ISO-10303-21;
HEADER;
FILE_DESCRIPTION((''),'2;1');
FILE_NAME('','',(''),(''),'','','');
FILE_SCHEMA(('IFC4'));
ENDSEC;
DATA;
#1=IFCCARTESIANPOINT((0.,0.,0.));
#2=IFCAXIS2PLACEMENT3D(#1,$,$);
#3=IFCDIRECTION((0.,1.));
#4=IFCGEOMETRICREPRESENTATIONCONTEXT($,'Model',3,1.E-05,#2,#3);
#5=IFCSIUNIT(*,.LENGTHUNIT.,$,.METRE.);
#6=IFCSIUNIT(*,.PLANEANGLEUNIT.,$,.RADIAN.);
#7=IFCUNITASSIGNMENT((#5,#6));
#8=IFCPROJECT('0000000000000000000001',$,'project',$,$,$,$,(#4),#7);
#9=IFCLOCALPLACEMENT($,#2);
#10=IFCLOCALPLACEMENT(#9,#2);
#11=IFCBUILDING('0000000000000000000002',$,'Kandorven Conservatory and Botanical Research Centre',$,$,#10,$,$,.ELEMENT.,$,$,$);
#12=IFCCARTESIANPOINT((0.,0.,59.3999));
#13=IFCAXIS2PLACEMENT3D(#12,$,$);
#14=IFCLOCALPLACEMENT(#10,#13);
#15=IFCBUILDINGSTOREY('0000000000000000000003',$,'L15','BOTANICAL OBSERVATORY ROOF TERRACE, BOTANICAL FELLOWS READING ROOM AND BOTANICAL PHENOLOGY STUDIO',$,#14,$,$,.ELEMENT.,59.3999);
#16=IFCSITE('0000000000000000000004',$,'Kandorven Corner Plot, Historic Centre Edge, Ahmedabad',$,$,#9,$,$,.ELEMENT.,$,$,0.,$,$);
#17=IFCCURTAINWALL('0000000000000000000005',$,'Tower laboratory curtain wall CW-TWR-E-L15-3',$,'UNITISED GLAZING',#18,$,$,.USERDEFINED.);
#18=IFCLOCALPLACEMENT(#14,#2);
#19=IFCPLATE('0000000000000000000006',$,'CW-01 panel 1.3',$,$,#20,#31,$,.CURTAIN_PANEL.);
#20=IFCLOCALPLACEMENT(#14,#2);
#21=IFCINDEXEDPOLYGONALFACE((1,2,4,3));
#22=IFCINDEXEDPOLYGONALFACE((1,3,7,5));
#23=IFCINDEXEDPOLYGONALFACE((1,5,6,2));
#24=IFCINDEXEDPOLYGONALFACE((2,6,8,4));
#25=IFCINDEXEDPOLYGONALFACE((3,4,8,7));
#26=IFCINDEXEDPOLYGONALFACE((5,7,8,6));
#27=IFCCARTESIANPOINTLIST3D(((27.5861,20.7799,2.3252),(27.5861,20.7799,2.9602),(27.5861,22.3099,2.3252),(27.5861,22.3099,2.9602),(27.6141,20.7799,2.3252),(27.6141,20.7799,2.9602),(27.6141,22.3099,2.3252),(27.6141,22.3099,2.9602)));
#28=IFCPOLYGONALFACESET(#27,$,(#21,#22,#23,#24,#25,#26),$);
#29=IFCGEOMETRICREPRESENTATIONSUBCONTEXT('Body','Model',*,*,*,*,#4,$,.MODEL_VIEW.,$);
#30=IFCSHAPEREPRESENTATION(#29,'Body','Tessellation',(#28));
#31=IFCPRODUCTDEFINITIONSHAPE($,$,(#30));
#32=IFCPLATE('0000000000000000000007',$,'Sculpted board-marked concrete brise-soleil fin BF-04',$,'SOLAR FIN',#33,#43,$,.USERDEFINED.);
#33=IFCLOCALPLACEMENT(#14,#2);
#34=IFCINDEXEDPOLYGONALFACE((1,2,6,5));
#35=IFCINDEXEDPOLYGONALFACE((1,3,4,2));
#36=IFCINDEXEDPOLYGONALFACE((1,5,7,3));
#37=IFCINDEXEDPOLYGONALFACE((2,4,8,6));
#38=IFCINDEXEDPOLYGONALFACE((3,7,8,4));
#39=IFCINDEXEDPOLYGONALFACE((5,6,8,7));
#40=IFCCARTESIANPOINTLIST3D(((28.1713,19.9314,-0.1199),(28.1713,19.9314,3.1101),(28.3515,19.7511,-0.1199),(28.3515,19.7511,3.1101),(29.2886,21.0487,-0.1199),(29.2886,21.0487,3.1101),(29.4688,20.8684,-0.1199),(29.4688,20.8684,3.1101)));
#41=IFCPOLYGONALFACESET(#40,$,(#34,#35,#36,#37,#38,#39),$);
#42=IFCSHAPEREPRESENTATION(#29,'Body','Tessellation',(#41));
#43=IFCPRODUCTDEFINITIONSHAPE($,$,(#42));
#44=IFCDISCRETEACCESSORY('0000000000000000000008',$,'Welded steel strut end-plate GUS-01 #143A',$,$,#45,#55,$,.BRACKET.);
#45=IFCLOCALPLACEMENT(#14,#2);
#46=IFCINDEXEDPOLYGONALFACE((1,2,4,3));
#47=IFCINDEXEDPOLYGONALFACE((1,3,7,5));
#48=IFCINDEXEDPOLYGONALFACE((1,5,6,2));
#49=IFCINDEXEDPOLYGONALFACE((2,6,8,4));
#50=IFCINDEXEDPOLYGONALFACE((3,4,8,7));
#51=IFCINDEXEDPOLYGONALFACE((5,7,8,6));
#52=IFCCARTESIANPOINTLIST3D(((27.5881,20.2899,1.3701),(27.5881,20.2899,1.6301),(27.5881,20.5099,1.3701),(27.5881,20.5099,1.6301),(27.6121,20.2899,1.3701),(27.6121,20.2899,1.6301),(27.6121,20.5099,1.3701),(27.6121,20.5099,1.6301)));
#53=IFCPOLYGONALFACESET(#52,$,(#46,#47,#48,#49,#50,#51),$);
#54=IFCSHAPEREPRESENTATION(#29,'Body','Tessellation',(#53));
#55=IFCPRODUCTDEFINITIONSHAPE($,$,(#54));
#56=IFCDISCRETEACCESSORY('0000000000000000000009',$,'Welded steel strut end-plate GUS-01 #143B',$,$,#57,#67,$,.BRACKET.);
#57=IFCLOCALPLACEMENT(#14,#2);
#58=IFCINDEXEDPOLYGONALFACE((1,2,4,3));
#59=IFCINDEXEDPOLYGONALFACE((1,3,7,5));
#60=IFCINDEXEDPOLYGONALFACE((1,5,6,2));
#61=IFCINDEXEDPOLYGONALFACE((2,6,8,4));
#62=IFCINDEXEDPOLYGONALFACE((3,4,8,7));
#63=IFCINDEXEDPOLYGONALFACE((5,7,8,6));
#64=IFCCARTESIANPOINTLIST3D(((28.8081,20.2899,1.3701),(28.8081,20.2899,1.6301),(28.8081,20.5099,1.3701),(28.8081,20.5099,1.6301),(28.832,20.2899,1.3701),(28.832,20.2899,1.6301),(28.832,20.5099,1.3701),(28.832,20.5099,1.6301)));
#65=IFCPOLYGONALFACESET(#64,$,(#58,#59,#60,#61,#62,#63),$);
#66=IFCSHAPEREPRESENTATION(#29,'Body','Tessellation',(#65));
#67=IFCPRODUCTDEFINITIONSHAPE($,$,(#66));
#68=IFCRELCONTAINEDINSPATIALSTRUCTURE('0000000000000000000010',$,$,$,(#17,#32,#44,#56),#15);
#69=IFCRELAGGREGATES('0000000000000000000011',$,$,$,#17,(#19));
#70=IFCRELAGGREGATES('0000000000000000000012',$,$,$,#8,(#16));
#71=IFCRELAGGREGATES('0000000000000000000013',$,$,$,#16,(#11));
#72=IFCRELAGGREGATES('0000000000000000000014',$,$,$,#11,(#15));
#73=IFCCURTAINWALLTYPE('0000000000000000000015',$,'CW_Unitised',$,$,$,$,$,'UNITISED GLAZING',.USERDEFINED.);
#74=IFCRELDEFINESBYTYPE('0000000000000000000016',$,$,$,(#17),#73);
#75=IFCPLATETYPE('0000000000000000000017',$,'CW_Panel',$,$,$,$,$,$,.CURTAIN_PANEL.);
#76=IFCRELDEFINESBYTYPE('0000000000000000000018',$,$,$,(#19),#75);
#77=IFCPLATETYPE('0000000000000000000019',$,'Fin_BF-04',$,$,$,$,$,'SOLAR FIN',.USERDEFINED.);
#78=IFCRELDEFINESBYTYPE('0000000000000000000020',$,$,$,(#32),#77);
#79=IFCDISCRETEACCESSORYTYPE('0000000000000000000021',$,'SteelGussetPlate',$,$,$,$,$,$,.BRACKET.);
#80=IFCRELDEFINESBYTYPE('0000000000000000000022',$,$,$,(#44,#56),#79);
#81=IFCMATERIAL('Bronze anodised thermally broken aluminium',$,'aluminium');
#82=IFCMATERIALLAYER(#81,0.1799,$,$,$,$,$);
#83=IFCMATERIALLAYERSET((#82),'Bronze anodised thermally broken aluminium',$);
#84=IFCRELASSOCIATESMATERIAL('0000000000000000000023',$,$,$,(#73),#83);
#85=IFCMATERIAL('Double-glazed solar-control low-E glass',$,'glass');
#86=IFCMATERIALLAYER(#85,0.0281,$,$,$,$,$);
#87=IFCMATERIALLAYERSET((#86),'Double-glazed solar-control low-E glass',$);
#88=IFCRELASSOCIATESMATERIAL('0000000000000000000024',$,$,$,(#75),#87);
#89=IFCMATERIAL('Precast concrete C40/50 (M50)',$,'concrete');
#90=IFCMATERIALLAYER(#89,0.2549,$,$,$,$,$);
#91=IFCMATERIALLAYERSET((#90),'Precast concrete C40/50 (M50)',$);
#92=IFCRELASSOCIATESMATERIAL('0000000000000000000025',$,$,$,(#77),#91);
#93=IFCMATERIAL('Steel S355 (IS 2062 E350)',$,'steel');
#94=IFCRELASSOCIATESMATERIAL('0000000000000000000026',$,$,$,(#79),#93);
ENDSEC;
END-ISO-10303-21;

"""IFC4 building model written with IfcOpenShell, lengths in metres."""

from ifc_helpers import new_model, si_unit, direction, frame, origin, origin_2d, place, context, subcontext, project, spatial, rectangle, extrude, material, layer, layer_set, type_object, element, aggregate, save


model = new_model("IFC4")

# Units and contexts
model_context = context("Model", 3, precision=1e-05, world=origin(), true_north=direction((0.0, 1.0)))
body_context = subcontext(model_context, "Body", "Model", "MODEL_VIEW")
ifc_project = project(units=[si_unit("LENGTHUNIT", "METRE"), si_unit("PLANEANGLEUNIT", "RADIAN")], contexts=[model_context])

# Site, building, storey
site_placement = place(None, origin())
site = spatial("IfcSite", under=ifc_project, at=site_placement, Name="Kandorven Corner Plot, Historic Centre Edge, Ahmedabad", CompositionType="ELEMENT", RefElevation=0.0)
building_placement = place(site_placement, origin())
building = spatial("IfcBuilding", under=site, at=building_placement, Name="Kandorven Conservatory and Botanical Research Centre", CompositionType="ELEMENT")
storey_placement = place(building_placement, frame((0.0, 0.0, 59.3999)))
storey = spatial("IfcBuildingStorey", under=building, at=storey_placement, Name="L15", Description="BOTANICAL OBSERVATORY ROOF TERRACE, BOTANICAL FELLOWS READING ROOM AND BOTANICAL PHENOLOGY STUDIO", CompositionType="ELEMENT", Elevation=59.3999)

# Curtain wall
ifc_material_1 = material(Name="Bronze anodised thermally broken aluminium", Category="aluminium")
ifc_layer_1 = layer(ifc_material_1, 0.1799)
ifc_layer_set_1 = layer_set([ifc_layer_1], Name="Bronze anodised thermally broken aluminium")
curtain_wall_type = type_object("IfcCurtainWallType", Name="CW_Unitised", ElementType="UNITISED GLAZING", PredefinedType="USERDEFINED", material=ifc_layer_set_1)
curtain_wall_1_placement = place(storey_placement, origin())
curtain_wall_1 = element("IfcCurtainWall", 1, at=curtain_wall_1_placement, inside=storey, type_object=curtain_wall_type, Name="Tower laboratory curtain wall CW-TWR-E-L15-3", ObjectType="UNITISED GLAZING", PredefinedType="USERDEFINED")

# Plates
ifc_material_2 = material(Name="Double-glazed solar-control low-E glass", Category="glass")
ifc_layer_2 = layer(ifc_material_2, 0.0281)
ifc_layer_set_2 = layer_set([ifc_layer_2], Name="Double-glazed solar-control low-E glass")
plate_type_1 = type_object("IfcPlateType", Name="CW_Panel", PredefinedType="CURTAIN_PANEL", material=ifc_layer_set_2)
plate_1_placement = place(storey_placement, frame((27.6001, 21.5449, 2.3252), z_axis=(0.0, 0.0, 1.0), x_axis=(0.0, 1.0, 0.0)))
plate_1 = element("IfcPlate", 2, at=plate_1_placement, type_object=plate_type_1, Name="CW-01 panel 1.3", PredefinedType="CURTAIN_PANEL", context=body_context, shape_type="SweptSolid", body=[
    extrude(rectangle(XDim=1.53, YDim=0.0281, at=origin_2d()), origin(), (0.0, 0.0, 1.0), 0.635),
])
aggregate(curtain_wall_1, [plate_1])
ifc_material_3 = material(Name="Precast concrete C40/50 (M50)", Category="concrete")
ifc_layer_3 = layer(ifc_material_3, 0.2549)
ifc_layer_set_3 = layer_set([ifc_layer_3], Name="Precast concrete C40/50 (M50)")
plate_type_2 = type_object("IfcPlateType", Name="Fin_BF-04", ElementType="SOLAR FIN", PredefinedType="USERDEFINED", material=ifc_layer_set_3)
plate_2_placement = place(storey_placement, frame((28.8201, 20.3999, -0.1199), z_axis=(0.0, 0.0, 1.0), x_axis=(0.707107, 0.707107, 0.0)))
element("IfcPlate", 3, at=plate_2_placement, inside=storey, type_object=plate_type_2, Name="Sculpted board-marked concrete brise-soleil fin BF-04", ObjectType="SOLAR FIN", PredefinedType="USERDEFINED", context=body_context, shape_type="SweptSolid", body=[
    extrude(rectangle(XDim=1.5801, YDim=0.2549, at=origin_2d()), origin(), (0.0, 0.0, 1.0), 3.23),
])

# Discrete accessories
ifc_material_4 = material(Name="Steel S355 (IS 2062 E350)", Category="steel")
discrete_accessory_type = type_object("IfcDiscreteAccessoryType", Name="SteelGussetPlate", PredefinedType="BRACKET", material=ifc_material_4)
for number, where, z_axis, x_axis, name in (
    (4, (27.6001, 20.3999, 1.3701), (0.0, 0.0, 1.0), (1.0, 0.0, 0.0), "Welded steel strut end-plate GUS-01 #143A"),
    (5, (28.8201, 20.3999, 1.3701), (0.0, 0.0, 1.0), (1.0, 0.0, 0.0), "Welded steel strut end-plate GUS-01 #143B"),
):
    element("IfcDiscreteAccessory", number, at=place(storey_placement, frame(where, z_axis=z_axis, x_axis=x_axis)), inside=storey, type_object=discrete_accessory_type, Name=name, PredefinedType="BRACKET", context=body_context, shape_type="SweptSolid", body=[
        extrude(rectangle(XDim=0.0239, YDim=0.22, at=origin_2d()), origin(), (0.0, 0.0, 1.0), 0.26),
    ])

save(model, "model.ifc")
